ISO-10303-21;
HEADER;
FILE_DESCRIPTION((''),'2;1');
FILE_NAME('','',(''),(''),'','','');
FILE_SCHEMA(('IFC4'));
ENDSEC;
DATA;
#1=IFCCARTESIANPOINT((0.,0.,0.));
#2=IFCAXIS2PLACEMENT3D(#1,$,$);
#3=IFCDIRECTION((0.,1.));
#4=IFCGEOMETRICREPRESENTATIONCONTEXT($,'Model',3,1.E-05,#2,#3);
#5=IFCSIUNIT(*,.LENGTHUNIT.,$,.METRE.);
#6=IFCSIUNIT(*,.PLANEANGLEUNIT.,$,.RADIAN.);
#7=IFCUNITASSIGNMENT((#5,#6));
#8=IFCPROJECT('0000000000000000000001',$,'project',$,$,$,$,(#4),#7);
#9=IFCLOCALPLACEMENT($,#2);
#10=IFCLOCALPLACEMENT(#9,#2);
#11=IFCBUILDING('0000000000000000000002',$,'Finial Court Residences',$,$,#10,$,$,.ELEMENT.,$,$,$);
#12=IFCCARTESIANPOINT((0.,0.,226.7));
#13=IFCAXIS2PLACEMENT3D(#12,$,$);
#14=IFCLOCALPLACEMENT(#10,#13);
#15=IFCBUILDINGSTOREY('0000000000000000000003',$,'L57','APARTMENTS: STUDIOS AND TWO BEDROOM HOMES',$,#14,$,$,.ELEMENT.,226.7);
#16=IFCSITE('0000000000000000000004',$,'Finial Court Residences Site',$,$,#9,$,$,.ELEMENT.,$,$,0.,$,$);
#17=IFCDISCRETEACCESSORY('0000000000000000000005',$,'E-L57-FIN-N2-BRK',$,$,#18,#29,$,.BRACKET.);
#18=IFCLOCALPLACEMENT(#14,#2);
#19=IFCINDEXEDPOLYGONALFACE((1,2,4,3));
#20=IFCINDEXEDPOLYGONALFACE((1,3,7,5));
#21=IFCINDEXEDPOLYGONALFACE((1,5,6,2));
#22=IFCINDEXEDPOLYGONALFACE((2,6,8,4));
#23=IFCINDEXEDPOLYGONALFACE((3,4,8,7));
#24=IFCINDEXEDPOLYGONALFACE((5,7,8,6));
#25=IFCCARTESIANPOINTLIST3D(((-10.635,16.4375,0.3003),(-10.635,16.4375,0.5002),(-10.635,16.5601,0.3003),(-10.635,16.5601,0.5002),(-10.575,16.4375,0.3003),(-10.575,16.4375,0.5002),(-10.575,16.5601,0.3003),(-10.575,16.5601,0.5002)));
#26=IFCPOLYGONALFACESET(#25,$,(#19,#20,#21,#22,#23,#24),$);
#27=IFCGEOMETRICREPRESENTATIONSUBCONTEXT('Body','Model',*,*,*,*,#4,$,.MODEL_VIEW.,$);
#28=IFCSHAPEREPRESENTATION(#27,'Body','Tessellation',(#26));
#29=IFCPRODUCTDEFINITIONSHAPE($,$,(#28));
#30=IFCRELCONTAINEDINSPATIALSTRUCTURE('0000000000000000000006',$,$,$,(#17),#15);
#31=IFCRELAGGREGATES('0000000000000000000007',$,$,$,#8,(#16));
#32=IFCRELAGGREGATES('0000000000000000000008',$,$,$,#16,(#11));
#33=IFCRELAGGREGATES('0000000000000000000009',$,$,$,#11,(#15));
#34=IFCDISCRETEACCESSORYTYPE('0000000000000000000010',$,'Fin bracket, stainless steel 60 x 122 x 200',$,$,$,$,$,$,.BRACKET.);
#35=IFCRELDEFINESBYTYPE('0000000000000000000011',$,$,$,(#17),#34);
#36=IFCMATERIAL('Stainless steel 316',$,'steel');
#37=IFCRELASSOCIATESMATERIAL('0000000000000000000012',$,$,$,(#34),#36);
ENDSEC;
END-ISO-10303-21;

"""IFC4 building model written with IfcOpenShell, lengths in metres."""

from ifc_helpers import new_model, si_unit, direction, frame, origin, origin_2d, place, context, subcontext, project, spatial, rectangle, extrude, material, type_object, element, save


model = new_model("IFC4")

# Units and contexts
model_context = context("Model", 3, precision=1e-05, world=origin(), true_north=direction((0.0, 1.0)))
body_context = subcontext(model_context, "Body", "Model", "MODEL_VIEW")
ifc_project = project(units=[si_unit("LENGTHUNIT", "METRE"), si_unit("PLANEANGLEUNIT", "RADIAN")], contexts=[model_context])

# Site, building, storey
site_placement = place(None, origin())
site = spatial("IfcSite", under=ifc_project, at=site_placement, Name="Finial Court Residences Site", CompositionType="ELEMENT", RefElevation=0.0)
building_placement = place(site_placement, origin())
building = spatial("IfcBuilding", under=site, at=building_placement, Name="Finial Court Residences", CompositionType="ELEMENT")
storey_placement = place(building_placement, frame((0.0, 0.0, 226.7)))
storey = spatial("IfcBuildingStorey", under=building, at=storey_placement, Name="L57", Description="APARTMENTS: STUDIOS AND TWO BEDROOM HOMES", CompositionType="ELEMENT", Elevation=226.7)

# Discrete accessory
ifc_material_1 = material(Name="Stainless steel 316", Category="steel")
discrete_accessory_type = type_object("IfcDiscreteAccessoryType", Name="Fin bracket, stainless steel 60 x 122 x 200", PredefinedType="BRACKET", material=ifc_material_1)
discrete_accessory_placement = place(storey_placement, frame((-10.605, 16.4988, 0.3003), z_axis=(0.0, 0.0, 1.0), x_axis=(1.0, 0.0, 0.0)))
element("IfcDiscreteAccessory", 1, at=discrete_accessory_placement, inside=storey, type_object=discrete_accessory_type, Name="E-L57-FIN-N2-BRK", PredefinedType="BRACKET", context=body_context, shape_type="SweptSolid", body=[
    extrude(rectangle(XDim=0.0601, YDim=0.1226, at=origin_2d()), origin(), (0.0, 0.0, 1.0), 0.2),
])

save(model, "model.ifc")
